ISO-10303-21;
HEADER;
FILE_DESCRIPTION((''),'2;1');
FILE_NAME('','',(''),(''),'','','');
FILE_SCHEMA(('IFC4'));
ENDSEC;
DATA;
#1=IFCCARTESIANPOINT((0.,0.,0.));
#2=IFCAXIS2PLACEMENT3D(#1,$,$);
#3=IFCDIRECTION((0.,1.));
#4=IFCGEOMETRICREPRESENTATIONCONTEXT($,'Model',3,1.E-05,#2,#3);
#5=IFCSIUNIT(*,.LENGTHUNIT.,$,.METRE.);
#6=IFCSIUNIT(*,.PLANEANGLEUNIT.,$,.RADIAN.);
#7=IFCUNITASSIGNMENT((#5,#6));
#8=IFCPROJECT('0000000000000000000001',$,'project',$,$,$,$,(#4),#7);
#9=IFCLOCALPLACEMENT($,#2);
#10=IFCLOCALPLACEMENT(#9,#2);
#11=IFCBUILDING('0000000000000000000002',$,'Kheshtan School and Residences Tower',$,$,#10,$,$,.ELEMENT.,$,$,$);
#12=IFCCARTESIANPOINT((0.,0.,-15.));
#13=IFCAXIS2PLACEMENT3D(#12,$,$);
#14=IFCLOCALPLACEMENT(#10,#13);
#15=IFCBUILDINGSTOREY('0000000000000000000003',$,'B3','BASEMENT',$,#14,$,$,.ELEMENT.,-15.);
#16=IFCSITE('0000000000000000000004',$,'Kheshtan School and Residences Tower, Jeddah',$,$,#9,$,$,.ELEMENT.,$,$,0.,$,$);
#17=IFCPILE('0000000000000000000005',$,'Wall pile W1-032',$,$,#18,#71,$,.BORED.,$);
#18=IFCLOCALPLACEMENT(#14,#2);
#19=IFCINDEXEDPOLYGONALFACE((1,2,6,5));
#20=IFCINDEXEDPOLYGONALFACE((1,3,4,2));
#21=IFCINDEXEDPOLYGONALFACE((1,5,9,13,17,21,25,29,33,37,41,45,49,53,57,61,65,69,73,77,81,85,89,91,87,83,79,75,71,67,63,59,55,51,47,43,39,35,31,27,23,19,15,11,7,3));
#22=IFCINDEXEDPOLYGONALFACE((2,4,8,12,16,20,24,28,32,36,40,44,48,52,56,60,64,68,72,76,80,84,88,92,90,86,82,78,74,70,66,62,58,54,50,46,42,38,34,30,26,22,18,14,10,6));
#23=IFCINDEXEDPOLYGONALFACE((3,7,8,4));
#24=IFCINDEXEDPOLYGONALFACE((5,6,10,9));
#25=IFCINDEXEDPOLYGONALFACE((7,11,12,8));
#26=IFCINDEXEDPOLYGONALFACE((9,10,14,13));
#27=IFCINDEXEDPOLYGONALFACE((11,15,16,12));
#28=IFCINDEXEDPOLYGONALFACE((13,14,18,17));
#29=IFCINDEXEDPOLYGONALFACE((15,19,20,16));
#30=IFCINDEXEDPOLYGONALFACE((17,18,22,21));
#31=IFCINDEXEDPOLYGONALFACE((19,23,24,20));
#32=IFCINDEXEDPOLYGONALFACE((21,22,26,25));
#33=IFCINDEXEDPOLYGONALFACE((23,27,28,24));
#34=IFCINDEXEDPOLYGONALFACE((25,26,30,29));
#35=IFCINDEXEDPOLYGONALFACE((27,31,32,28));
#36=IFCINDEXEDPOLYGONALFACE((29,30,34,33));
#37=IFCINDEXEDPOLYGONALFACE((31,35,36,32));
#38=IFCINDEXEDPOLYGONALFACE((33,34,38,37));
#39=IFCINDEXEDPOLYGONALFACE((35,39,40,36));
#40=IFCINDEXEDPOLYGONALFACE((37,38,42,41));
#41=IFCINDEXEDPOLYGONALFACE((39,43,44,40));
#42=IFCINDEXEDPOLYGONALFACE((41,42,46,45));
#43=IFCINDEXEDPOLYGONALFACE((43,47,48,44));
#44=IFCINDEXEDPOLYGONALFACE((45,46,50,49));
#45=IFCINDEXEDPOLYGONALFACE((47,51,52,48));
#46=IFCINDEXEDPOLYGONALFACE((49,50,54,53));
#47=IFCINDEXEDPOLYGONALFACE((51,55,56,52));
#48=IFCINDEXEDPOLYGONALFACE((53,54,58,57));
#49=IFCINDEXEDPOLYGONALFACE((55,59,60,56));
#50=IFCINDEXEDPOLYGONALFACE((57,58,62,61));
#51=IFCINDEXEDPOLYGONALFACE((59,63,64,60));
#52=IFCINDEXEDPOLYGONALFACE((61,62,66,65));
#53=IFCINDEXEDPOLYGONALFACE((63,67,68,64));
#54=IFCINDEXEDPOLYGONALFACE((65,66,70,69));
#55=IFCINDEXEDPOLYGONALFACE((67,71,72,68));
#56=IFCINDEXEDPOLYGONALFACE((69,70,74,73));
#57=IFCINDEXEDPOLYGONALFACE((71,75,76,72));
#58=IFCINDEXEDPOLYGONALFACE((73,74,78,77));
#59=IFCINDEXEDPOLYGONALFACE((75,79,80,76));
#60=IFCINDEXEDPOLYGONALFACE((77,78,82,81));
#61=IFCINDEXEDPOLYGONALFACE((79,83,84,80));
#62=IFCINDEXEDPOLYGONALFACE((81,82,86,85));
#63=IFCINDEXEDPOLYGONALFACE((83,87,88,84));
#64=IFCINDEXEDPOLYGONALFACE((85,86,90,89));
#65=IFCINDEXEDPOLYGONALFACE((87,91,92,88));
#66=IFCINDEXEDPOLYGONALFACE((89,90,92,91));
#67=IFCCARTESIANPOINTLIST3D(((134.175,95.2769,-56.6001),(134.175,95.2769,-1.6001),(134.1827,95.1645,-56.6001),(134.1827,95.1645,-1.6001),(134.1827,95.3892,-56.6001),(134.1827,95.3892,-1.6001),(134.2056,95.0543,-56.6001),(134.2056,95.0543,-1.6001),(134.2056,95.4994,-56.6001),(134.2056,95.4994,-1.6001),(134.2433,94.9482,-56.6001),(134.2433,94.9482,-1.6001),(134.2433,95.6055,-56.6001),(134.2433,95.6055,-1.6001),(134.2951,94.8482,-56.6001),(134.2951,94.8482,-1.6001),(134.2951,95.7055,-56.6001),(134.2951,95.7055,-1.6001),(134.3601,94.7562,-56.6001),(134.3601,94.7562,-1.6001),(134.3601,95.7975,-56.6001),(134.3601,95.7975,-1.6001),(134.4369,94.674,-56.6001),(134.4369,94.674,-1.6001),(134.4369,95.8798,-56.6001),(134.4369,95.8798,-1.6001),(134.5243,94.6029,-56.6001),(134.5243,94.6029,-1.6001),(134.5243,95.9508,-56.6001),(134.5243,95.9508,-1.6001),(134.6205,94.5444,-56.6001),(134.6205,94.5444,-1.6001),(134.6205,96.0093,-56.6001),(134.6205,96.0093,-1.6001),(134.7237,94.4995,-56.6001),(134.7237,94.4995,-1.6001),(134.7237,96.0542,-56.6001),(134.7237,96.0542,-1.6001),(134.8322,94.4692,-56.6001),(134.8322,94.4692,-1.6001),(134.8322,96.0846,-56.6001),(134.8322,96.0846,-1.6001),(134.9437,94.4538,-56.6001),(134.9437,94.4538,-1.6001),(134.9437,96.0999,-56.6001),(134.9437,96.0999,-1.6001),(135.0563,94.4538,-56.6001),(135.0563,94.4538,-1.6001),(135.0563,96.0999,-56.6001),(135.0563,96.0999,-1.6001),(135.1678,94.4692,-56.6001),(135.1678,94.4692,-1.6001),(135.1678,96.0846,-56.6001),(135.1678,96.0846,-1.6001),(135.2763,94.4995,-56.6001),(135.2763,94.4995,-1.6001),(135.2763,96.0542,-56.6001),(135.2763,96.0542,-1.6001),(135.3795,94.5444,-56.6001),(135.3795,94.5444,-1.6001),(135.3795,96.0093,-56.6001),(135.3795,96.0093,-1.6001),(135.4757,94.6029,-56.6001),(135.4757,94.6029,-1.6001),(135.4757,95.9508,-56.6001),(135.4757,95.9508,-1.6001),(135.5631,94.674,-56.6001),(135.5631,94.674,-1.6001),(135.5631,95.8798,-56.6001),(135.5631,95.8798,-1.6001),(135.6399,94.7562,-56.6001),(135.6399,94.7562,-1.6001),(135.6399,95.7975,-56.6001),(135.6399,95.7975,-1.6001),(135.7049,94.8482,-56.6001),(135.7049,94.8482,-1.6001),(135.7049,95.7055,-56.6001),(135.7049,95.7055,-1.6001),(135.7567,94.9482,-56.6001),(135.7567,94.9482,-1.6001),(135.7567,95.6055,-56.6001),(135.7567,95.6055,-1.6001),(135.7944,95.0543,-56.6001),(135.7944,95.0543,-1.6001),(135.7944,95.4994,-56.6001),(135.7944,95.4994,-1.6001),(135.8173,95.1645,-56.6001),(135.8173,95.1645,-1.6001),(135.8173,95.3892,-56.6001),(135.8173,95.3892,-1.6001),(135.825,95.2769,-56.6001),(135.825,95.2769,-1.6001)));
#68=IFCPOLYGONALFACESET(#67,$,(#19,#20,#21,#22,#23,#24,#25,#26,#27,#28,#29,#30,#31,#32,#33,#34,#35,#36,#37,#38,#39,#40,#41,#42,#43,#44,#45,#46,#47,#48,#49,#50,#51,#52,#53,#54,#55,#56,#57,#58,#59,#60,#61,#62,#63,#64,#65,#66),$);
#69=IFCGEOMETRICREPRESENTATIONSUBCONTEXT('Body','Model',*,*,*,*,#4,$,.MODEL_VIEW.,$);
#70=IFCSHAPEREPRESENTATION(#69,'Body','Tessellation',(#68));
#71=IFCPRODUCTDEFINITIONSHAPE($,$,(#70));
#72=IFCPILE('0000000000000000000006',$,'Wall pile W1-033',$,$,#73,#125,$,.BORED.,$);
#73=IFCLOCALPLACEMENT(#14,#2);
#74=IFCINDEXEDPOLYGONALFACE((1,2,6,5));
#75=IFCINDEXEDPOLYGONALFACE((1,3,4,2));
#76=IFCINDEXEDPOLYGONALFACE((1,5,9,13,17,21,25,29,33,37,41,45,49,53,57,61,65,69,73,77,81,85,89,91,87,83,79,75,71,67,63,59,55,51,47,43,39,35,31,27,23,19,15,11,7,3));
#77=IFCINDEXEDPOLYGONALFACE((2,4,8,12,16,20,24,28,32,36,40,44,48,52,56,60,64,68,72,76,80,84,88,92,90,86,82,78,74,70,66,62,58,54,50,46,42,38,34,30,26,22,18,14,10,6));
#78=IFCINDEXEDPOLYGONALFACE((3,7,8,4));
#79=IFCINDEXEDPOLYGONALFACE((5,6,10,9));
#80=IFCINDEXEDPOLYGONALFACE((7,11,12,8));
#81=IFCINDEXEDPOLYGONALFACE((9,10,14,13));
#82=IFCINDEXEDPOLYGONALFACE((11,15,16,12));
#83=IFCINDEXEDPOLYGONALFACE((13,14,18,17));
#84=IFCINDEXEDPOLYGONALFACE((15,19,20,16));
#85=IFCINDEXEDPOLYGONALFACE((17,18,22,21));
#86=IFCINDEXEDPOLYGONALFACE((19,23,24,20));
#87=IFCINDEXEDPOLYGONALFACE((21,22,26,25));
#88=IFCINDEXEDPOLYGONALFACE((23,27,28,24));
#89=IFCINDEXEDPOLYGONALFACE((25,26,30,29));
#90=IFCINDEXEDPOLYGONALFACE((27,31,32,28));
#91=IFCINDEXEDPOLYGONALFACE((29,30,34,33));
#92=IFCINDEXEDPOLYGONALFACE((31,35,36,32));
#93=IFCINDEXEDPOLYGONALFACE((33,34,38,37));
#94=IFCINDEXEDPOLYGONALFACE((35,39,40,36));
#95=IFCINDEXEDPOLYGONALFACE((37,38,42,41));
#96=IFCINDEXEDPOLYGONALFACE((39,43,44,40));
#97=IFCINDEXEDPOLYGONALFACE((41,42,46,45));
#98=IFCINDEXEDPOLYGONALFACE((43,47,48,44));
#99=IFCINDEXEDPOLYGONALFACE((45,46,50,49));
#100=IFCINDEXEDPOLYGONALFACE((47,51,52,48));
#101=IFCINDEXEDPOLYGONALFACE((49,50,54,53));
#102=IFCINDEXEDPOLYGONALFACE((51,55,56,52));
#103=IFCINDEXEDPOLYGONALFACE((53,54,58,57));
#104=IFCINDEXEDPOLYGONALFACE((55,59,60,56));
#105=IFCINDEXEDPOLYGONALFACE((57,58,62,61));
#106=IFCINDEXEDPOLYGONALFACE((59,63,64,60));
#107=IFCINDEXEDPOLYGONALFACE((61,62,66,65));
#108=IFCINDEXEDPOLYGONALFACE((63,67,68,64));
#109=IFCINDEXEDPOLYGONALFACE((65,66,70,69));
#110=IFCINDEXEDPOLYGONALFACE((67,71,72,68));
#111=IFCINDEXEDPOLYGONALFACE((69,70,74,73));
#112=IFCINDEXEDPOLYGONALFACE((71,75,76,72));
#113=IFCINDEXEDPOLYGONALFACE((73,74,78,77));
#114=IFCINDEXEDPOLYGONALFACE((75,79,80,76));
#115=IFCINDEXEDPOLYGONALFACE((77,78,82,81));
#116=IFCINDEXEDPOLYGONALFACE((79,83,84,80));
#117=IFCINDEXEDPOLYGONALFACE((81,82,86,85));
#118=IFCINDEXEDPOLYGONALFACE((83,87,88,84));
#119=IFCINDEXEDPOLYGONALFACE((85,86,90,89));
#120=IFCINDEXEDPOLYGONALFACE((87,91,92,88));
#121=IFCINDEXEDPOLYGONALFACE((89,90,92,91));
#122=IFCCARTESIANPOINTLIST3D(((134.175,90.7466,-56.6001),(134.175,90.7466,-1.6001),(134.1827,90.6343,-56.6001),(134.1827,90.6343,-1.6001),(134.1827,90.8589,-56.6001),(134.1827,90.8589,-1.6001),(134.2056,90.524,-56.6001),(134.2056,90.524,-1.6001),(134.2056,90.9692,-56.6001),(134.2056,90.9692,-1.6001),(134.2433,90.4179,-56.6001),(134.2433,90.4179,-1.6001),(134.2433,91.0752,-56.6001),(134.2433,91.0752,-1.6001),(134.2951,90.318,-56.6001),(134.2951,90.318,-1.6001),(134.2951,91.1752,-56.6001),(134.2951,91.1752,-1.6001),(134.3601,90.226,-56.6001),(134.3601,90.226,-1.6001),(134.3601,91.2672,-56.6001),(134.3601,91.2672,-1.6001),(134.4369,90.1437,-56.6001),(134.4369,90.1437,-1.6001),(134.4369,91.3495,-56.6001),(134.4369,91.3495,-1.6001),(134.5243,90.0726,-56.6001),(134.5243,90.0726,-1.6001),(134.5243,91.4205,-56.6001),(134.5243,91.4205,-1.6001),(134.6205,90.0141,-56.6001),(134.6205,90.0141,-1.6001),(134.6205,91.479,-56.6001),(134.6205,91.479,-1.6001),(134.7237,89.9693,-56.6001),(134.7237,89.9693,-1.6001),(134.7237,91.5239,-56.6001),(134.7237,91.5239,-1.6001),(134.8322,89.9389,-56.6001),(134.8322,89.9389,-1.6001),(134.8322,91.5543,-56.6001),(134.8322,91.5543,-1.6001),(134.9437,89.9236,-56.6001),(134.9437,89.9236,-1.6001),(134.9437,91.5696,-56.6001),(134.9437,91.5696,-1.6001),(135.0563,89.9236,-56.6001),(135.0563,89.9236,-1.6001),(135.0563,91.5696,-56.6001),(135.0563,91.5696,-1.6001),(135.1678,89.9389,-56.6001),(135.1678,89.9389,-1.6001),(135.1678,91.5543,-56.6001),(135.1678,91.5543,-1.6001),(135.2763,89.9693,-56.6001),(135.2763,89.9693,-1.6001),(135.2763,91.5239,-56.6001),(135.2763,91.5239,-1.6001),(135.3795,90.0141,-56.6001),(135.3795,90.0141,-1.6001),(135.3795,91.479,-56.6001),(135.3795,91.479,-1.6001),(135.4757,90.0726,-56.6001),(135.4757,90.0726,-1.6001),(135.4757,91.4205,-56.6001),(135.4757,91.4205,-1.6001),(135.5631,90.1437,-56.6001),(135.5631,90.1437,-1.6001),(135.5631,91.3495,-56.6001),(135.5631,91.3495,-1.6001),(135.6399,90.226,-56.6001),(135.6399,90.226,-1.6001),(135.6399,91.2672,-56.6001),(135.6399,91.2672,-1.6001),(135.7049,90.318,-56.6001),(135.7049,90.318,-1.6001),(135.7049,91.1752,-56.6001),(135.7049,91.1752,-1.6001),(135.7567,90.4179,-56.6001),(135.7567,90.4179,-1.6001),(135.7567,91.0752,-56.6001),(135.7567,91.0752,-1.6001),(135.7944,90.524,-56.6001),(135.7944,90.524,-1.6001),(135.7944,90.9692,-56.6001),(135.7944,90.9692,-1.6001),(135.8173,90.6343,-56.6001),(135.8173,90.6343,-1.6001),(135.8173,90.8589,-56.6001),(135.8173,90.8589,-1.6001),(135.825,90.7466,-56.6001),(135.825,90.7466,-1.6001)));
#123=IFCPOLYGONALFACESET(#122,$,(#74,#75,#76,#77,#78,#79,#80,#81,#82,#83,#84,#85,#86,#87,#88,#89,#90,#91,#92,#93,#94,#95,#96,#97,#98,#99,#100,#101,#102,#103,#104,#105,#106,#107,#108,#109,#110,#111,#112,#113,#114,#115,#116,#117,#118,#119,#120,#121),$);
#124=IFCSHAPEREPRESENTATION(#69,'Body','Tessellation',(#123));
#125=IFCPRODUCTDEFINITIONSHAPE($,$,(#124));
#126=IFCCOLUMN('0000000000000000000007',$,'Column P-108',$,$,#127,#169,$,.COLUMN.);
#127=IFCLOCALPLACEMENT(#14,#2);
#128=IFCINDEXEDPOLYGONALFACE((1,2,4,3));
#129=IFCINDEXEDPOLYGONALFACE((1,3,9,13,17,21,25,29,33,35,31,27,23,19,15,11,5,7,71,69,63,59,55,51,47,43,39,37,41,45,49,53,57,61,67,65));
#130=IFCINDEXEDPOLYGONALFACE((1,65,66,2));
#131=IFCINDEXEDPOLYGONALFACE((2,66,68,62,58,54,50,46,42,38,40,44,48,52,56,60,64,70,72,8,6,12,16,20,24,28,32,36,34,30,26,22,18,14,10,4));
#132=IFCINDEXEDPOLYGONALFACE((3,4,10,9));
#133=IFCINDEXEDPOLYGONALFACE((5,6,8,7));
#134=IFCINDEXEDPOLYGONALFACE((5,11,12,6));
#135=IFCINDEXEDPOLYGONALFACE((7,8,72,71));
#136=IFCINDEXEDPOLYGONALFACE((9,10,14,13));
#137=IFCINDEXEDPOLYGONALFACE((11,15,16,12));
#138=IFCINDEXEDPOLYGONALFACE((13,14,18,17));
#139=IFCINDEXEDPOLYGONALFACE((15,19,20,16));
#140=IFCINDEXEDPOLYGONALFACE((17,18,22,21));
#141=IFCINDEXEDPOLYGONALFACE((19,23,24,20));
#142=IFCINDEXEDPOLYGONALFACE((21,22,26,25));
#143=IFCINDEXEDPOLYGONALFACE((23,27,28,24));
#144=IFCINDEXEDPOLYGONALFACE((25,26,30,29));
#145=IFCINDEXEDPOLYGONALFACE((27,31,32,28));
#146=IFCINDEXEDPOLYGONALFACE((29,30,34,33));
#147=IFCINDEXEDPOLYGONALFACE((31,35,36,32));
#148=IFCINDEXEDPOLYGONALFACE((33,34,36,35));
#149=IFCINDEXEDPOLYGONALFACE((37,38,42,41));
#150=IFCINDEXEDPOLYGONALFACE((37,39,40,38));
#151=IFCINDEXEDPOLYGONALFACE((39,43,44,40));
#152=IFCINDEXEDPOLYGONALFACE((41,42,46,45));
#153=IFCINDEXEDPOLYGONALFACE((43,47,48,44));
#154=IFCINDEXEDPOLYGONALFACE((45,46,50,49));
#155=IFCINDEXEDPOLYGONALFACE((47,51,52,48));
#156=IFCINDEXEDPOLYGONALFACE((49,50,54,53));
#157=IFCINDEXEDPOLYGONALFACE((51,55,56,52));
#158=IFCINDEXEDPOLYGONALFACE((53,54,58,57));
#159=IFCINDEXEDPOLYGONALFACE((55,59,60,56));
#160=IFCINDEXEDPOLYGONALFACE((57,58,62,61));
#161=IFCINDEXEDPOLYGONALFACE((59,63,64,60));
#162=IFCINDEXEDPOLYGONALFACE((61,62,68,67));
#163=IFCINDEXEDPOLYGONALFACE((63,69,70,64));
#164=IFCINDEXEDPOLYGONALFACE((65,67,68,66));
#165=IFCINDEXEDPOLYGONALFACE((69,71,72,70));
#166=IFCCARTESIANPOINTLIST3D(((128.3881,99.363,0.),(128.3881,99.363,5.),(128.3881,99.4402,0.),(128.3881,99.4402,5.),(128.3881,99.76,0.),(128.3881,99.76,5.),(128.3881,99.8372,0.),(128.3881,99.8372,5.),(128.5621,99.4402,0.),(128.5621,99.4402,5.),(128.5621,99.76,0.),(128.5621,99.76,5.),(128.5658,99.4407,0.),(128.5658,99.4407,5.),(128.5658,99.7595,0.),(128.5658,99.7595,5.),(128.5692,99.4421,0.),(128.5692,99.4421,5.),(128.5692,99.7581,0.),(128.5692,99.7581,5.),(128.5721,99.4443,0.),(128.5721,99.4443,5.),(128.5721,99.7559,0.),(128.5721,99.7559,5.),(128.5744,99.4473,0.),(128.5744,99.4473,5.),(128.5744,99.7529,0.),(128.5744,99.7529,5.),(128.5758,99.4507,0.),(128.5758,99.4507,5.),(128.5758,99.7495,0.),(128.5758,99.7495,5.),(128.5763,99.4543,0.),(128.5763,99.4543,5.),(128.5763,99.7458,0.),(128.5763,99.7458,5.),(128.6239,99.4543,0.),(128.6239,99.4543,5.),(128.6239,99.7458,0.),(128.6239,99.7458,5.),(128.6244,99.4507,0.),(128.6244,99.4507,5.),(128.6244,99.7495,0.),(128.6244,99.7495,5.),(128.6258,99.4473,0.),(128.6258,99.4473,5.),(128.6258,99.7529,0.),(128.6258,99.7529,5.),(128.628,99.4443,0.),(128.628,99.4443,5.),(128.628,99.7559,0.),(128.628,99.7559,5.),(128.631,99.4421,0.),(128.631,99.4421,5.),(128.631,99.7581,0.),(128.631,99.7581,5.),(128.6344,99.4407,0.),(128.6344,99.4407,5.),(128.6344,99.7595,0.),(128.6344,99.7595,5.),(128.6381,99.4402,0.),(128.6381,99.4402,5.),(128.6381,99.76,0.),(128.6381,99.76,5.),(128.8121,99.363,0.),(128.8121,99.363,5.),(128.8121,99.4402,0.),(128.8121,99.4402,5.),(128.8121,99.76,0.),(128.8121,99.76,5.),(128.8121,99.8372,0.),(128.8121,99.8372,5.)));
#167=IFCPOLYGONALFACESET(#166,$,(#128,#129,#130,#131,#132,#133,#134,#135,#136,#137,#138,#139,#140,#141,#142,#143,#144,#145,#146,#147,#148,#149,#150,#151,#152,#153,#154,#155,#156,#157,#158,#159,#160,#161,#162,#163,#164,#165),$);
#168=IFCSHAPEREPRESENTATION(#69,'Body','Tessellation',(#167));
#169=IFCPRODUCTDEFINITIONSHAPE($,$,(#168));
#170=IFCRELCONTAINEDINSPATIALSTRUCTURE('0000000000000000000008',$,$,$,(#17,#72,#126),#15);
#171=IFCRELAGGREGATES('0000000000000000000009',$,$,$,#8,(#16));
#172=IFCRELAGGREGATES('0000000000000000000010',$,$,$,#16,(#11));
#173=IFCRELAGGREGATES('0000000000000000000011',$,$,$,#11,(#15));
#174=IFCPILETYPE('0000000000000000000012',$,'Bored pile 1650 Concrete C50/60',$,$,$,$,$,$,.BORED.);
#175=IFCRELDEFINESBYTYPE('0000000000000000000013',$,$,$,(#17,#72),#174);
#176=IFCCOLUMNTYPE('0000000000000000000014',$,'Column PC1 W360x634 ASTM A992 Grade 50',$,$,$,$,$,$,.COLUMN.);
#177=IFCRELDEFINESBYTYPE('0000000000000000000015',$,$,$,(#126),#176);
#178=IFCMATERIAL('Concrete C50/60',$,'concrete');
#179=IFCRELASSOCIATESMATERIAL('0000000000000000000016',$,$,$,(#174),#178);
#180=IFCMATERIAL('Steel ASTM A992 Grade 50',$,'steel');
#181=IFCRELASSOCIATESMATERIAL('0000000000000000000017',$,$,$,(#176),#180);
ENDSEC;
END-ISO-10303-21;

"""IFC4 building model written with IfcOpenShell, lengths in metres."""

from ifc_helpers import new_model, si_unit, direction, frame, origin, origin_2d, place, context, subcontext, project, spatial, circle, i_section, extrude, material, material_profile, profile_set, type_object, element, save


model = new_model("IFC4")

# Units and contexts
model_context = context("Model", 3, precision=1e-05, world=origin(), true_north=direction((0.0, 1.0)))
body_context = subcontext(model_context, "Body", "Model", "MODEL_VIEW")
ifc_project = project(units=[si_unit("LENGTHUNIT", "METRE"), si_unit("PLANEANGLEUNIT", "RADIAN")], contexts=[model_context])

# Site, building, storey
site_placement = place(None, origin())
site = spatial("IfcSite", under=ifc_project, at=site_placement, Name="Kheshtan School and Residences Tower, Jeddah", CompositionType="ELEMENT", RefElevation=0.0)
building_placement = place(site_placement, origin())
building = spatial("IfcBuilding", under=site, at=building_placement, Name="Kheshtan School and Residences Tower", CompositionType="ELEMENT")
storey_placement = place(building_placement, frame((0.0, 0.0, -15.0)))
storey = spatial("IfcBuildingStorey", under=building, at=storey_placement, Name="B3", Description="BASEMENT", CompositionType="ELEMENT", Elevation=-15.0)

# Piles
ifc_material_1 = material(Name="Concrete C50/60", Category="concrete")
ifc_material_profile_1 = material_profile(ifc_material_1, circle(Radius=0.825, at=origin_2d()), Name="BP 1650")
ifc_profile_set_1 = profile_set([ifc_material_profile_1], Name="Concrete C50/60")
pile_type_1 = type_object("IfcPileType", Name="Bored pile 1650 Concrete C50/60", PredefinedType="BORED", material=ifc_profile_set_1)
for number, where, z_axis, x_axis, name in (
    (1, (135.0, 95.2769, -1.6001), (0.0, 0.0, -1.0), (1.0, 0.0, 0.0), "Wall pile W1-032"),
    (2, (135.0, 90.7466, -1.6001), (0.0, 0.0, -1.0), (1.0, 0.0, 0.0), "Wall pile W1-033"),
):
    element("IfcPile", number, at=place(storey_placement, frame(where, z_axis=z_axis, x_axis=x_axis)), inside=storey, type_object=pile_type_1, Name=name, PredefinedType="BORED", context=body_context, shape_type="SweptSolid", body=[
        extrude(circle(Radius=0.825, at=origin_2d()), origin(), (0.0, 0.0, 1.0), 55.0),
    ])

# Column
ifc_material_2 = material(Name="Steel ASTM A992 Grade 50", Category="steel")
ifc_material_profile_2 = material_profile(ifc_material_2, i_section(OverallWidth=0.4241, OverallDepth=0.4741, WebThickness=0.0476, FlangeThickness=0.0771, FilletRadius=0.0142, at=origin_2d()), Name="W360x634")
ifc_profile_set_2 = profile_set([ifc_material_profile_2], Name="Steel ASTM A992 Grade 50")
column_type = type_object("IfcColumnType", Name="Column PC1 W360x634 ASTM A992 Grade 50", PredefinedType="COLUMN", material=ifc_profile_set_2)
for number, where, z_axis, x_axis, name in (
    (3, (128.6001, 99.6001, 0.0), (0.0, 0.0, 1.0), (1.0, 0.0, 0.0), "Column P-108"),
):
    element("IfcColumn", number, at=place(storey_placement, frame(where, z_axis=z_axis, x_axis=x_axis)), inside=storey, type_object=column_type, Name=name, PredefinedType="COLUMN", context=body_context, shape_type="SweptSolid", body=[
        extrude(i_section(OverallWidth=0.4241, OverallDepth=0.4741, WebThickness=0.0476, FlangeThickness=0.0771, FilletRadius=0.0142, at=origin_2d()), origin(), (0.0, 0.0, 1.0), 5.0),
    ])

save(model, "model.ifc")
